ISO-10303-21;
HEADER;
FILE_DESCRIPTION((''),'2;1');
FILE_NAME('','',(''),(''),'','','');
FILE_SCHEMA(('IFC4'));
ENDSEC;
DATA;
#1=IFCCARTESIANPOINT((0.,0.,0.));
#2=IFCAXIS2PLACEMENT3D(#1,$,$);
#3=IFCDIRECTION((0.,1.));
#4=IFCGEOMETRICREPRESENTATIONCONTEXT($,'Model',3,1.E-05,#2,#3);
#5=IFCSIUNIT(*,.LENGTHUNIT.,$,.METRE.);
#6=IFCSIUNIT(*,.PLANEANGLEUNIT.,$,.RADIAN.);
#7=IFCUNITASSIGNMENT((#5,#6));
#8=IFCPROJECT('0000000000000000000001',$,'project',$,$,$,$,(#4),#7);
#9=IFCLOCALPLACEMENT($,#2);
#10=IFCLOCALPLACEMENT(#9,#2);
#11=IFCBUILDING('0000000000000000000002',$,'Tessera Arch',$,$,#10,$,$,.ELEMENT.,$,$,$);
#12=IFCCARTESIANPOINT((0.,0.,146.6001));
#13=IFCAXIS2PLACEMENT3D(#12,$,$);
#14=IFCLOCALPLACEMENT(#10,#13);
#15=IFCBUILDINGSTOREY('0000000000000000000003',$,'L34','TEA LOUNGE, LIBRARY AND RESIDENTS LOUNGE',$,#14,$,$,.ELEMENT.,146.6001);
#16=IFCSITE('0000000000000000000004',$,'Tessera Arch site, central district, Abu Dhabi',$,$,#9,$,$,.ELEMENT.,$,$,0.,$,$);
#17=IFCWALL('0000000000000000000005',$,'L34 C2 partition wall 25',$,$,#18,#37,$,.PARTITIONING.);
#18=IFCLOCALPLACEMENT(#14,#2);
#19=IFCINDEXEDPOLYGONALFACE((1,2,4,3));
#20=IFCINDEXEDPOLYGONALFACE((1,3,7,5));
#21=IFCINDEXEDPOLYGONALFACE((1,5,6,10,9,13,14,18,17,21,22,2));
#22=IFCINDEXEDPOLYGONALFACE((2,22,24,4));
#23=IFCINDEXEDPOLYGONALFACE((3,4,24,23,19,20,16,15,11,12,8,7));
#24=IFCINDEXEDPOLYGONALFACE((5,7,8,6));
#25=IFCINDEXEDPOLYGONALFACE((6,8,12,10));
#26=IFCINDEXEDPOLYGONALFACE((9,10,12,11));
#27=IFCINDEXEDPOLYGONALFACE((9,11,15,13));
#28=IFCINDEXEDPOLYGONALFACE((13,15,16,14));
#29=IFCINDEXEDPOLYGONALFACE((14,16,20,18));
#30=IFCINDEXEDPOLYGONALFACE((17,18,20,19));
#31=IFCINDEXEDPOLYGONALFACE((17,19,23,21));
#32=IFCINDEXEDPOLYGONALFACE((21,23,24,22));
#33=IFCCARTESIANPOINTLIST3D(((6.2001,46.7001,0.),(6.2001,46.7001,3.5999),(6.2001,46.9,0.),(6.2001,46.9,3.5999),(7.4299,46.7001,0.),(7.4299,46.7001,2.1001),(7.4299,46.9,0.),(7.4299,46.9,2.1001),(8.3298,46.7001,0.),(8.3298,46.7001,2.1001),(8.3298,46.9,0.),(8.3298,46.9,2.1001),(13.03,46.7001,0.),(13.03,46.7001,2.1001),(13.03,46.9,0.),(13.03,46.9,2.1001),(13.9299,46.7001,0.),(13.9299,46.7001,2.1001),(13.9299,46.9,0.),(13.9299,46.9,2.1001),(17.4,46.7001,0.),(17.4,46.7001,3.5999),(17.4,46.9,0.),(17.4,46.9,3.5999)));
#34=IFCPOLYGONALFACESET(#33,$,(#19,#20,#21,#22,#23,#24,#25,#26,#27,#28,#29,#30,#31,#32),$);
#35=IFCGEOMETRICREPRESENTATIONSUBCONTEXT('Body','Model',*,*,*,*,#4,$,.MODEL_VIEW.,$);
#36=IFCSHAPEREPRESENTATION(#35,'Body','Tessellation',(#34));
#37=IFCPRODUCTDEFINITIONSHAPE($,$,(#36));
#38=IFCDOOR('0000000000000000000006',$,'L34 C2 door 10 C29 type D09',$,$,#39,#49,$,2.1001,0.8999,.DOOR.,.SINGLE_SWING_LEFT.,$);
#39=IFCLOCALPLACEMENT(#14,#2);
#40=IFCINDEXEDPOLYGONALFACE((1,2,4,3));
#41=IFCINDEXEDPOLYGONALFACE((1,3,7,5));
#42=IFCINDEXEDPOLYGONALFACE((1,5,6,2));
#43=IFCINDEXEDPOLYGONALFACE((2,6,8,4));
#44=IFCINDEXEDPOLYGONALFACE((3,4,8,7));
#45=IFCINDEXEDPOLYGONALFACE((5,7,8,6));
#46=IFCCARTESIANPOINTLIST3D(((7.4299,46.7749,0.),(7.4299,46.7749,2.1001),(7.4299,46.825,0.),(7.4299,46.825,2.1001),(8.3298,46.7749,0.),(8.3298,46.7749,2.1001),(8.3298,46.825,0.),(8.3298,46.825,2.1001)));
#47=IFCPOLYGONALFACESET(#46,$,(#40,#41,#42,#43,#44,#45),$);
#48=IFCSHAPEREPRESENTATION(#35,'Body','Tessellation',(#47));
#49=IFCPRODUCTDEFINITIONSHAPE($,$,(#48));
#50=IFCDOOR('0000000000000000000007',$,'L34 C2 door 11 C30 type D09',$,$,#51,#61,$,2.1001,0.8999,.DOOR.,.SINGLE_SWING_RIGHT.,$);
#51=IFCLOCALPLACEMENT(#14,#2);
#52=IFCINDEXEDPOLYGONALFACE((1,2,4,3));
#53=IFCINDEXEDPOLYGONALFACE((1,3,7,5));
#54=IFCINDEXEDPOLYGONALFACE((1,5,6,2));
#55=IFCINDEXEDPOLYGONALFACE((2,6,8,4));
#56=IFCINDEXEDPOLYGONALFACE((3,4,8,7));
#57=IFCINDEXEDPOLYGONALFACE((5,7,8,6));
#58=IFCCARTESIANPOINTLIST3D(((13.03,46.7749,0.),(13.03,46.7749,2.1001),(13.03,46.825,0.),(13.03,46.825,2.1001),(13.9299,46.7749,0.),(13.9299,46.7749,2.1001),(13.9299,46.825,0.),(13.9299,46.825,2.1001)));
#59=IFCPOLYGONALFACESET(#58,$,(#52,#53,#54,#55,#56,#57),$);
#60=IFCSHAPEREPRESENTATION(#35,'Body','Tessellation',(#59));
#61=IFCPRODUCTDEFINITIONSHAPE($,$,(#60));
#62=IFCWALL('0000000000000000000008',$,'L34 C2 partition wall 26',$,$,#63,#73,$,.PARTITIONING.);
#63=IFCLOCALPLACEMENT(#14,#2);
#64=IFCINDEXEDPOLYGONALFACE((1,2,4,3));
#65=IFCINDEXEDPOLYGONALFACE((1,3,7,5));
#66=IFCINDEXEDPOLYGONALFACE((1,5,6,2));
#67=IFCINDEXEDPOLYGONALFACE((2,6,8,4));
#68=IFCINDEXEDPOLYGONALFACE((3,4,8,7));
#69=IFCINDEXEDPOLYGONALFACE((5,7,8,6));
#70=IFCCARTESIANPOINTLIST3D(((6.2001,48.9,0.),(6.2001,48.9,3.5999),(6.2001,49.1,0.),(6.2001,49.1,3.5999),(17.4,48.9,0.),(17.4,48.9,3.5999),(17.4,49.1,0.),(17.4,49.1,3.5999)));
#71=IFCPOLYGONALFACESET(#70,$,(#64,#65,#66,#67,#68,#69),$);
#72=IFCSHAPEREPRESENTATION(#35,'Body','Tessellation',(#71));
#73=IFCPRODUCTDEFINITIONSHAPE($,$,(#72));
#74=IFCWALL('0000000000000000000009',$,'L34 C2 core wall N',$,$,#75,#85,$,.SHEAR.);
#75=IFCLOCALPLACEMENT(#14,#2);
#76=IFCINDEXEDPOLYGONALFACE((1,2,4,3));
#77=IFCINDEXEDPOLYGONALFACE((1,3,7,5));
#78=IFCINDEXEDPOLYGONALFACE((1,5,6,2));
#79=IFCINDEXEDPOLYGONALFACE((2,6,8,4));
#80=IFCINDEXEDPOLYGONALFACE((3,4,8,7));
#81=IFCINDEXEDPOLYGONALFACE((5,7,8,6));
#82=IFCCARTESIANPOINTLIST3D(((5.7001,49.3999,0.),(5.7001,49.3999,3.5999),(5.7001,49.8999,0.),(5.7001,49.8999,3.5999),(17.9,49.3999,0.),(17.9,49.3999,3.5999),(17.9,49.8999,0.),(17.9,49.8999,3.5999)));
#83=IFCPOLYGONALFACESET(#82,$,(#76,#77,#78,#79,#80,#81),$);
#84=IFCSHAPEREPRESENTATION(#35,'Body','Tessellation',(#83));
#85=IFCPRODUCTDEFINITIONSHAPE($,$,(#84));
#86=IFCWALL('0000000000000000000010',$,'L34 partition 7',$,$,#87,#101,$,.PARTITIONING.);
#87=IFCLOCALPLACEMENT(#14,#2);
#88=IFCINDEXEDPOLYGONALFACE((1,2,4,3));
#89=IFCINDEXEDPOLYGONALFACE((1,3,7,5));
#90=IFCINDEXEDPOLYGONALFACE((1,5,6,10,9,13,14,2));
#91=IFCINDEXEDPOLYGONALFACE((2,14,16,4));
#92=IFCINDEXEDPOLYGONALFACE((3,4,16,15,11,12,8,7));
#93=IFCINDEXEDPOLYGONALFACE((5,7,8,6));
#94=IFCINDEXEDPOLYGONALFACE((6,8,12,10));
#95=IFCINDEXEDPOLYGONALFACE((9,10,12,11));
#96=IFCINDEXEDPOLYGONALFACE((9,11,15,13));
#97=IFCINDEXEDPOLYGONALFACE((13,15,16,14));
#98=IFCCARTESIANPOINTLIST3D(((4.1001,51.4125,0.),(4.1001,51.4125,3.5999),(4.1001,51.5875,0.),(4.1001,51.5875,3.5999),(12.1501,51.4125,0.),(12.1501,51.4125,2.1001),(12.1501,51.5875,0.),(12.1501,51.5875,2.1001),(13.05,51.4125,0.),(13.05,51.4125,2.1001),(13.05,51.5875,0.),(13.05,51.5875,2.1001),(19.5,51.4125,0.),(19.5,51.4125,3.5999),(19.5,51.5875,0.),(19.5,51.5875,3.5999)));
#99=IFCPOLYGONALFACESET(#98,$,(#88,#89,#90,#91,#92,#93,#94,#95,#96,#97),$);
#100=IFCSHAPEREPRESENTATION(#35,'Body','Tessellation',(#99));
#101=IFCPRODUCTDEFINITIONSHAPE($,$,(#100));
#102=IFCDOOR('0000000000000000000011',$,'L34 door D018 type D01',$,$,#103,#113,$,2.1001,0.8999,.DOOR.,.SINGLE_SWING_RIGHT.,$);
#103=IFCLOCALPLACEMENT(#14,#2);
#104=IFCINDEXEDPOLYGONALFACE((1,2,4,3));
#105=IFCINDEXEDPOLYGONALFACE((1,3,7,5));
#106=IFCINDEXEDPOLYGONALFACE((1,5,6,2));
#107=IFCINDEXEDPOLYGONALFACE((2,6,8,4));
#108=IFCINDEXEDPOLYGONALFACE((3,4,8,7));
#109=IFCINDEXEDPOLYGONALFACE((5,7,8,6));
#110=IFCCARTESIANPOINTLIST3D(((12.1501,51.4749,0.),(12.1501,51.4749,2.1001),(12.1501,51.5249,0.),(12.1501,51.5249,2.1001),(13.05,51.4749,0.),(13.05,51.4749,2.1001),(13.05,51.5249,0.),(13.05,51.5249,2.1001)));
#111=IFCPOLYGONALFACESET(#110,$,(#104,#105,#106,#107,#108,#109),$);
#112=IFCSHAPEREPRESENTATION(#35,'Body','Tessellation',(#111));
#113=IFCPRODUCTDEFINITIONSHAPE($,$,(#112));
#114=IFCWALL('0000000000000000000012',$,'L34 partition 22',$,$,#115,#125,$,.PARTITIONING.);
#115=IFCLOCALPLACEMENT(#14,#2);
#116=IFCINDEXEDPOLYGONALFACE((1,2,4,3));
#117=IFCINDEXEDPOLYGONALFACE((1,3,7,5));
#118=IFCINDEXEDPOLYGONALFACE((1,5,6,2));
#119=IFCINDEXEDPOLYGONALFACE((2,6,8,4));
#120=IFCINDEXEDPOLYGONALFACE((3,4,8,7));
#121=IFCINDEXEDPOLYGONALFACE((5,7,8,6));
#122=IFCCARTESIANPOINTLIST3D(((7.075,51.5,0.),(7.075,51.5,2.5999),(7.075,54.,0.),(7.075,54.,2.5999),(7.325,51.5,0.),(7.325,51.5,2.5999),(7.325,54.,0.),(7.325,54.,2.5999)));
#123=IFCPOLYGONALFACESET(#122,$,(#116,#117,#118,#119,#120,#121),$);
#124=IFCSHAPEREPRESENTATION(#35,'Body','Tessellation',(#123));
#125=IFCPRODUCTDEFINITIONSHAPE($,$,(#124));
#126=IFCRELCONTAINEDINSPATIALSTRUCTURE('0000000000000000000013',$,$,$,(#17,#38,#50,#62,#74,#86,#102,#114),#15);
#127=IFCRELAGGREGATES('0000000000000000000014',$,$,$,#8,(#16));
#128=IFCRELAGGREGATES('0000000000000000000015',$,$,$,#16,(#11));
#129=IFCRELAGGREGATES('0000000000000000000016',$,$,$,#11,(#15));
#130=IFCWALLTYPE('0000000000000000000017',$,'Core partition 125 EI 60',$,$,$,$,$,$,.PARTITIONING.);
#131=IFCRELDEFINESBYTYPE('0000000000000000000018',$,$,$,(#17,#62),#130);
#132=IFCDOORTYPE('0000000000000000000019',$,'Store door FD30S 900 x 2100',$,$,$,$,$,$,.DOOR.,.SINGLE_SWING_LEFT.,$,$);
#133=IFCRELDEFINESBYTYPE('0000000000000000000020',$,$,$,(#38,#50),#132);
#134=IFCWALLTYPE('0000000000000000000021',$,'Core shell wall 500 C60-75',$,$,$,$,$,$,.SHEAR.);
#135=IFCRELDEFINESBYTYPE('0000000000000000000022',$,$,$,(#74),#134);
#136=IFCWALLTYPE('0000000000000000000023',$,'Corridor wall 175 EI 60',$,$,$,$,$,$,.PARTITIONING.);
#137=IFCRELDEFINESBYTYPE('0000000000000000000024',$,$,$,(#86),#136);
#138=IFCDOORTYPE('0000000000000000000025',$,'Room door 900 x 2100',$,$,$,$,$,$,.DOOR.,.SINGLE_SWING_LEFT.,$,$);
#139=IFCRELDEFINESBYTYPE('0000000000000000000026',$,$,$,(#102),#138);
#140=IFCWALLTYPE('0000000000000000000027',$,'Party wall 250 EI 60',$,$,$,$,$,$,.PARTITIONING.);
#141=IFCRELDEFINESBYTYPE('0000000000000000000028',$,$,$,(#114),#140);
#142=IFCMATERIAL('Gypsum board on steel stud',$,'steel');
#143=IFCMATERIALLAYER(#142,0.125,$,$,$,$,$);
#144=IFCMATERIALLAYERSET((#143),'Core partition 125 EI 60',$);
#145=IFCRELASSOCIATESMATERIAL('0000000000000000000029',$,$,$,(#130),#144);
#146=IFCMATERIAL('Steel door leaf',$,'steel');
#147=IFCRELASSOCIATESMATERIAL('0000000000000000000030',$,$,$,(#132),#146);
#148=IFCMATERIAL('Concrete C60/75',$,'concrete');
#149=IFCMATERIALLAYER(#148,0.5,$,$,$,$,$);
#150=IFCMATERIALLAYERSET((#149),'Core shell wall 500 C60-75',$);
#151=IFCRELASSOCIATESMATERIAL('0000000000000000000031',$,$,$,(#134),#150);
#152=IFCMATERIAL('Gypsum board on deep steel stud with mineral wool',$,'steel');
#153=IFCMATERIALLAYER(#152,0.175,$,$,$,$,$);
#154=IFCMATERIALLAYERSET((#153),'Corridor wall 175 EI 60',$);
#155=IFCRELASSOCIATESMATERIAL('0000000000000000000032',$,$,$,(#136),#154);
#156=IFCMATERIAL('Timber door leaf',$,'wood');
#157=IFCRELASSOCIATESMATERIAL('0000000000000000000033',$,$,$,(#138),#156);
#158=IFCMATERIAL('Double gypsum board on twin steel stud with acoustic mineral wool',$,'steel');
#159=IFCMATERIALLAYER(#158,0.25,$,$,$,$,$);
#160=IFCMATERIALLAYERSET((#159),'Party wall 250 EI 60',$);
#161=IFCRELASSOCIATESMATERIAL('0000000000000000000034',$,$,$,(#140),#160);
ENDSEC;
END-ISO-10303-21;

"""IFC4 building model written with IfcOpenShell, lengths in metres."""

from ifc_helpers import new_model, si_unit, direction, frame, frame_2d, origin, place, context, subcontext, project, spatial, rectangle, extrude, material, layer, layer_set, type_object, element, fill, save


model = new_model("IFC4")

# Units and contexts
model_context = context("Model", 3, precision=1e-05, world=origin(), true_north=direction((0.0, 1.0)))
body_context = subcontext(model_context, "Body", "Model", "MODEL_VIEW")
ifc_project = project(units=[si_unit("LENGTHUNIT", "METRE"), si_unit("PLANEANGLEUNIT", "RADIAN")], contexts=[model_context])

# Site, building, storey
site_placement = place(None, origin())
site = spatial("IfcSite", under=ifc_project, at=site_placement, Name="Tessera Arch site, central district, Abu Dhabi", CompositionType="ELEMENT", RefElevation=0.0)
building_placement = place(site_placement, origin())
building = spatial("IfcBuilding", under=site, at=building_placement, Name="Tessera Arch", CompositionType="ELEMENT")
storey_placement = place(building_placement, frame((0.0, 0.0, 146.6001)))
storey = spatial("IfcBuildingStorey", under=building, at=storey_placement, Name="L34", Description="TEA LOUNGE, LIBRARY AND RESIDENTS LOUNGE", CompositionType="ELEMENT", Elevation=146.6001)

# Wall, openings, doors
ifc_material_1 = material(Name="Gypsum board on steel stud", Category="steel")
ifc_layer_1 = layer(ifc_material_1, 0.125)
ifc_layer_set_1 = layer_set([ifc_layer_1], Name="Core partition 125 EI 60")
wall_type_1 = type_object("IfcWallType", Name="Core partition 125 EI 60", PredefinedType="PARTITIONING", material=ifc_layer_set_1)
wall_1_placement = place(storey_placement, frame((6.2, 46.8, 0.0), z_axis=(0.0, 0.0, 1.0), x_axis=(1.0, 0.0, 0.0)))
wall_1 = element("IfcWall", 1, at=wall_1_placement, inside=storey, type_object=wall_type_1, Name="L34 C2 partition wall 25", PredefinedType="PARTITIONING", context=body_context, shape_type="SweptSolid", body=[
    extrude(rectangle(XDim=11.2, YDim=0.2, at=frame_2d((5.6001, 0.0))), origin(), (0.0, 0.0, 1.0), 3.5999),
])
opening_1_placement = place(wall_1_placement, frame((1.23, 0.0, 0.0)))
opening_1 = element("IfcOpeningElement", 2, at=opening_1_placement, cuts=wall_1, PredefinedType="OPENING", context=body_context, shape_type="SweptSolid", body=[
    extrude(rectangle(XDim=0.8999, YDim=2.1001, at=frame_2d((0.45, 1.05))), frame((0.0, 0.1099, 0.0), z_axis=(0.0, -1.0, 0.0), x_axis=(1.0, 0.0, 0.0)), (0.0, 0.0, 1.0), 0.22),
])
opening_2_placement = place(wall_1_placement, frame((6.8301, 0.0, 0.0)))
opening_2 = element("IfcOpeningElement", 3, at=opening_2_placement, cuts=wall_1, PredefinedType="OPENING", context=body_context, shape_type="SweptSolid", body=[
    extrude(rectangle(XDim=0.8999, YDim=2.1001, at=frame_2d((0.45, 1.05))), frame((0.0, 0.1099, 0.0), z_axis=(0.0, -1.0, 0.0), x_axis=(1.0, 0.0, 0.0)), (0.0, 0.0, 1.0), 0.22),
])
ifc_material_2 = material(Name="Steel door leaf", Category="steel")
door_type_1 = type_object("IfcDoorType", Name="Store door FD30S 900 x 2100", OperationType="SINGLE_SWING_LEFT", PredefinedType="DOOR", material=ifc_material_2)
door_1_placement = place(opening_1_placement, origin())
door_1 = element("IfcDoor", 4, at=door_1_placement, inside=storey, type_object=door_type_1, Name="L34 C2 door 10 C29 type D09", OperationType="SINGLE_SWING_LEFT", OverallHeight=2.1001, OverallWidth=0.8999, PredefinedType="DOOR", context=body_context, shape_type="SweptSolid", body=[
    extrude(rectangle(XDim=0.8999, YDim=2.1001, at=frame_2d((0.45, 1.05))), frame((0.0, 0.0249, 0.0), z_axis=(0.0, -1.0, 0.0), x_axis=(1.0, 0.0, 0.0)), (0.0, 0.0, 1.0), 0.05),
])
fill(opening_1, door_1)
door_2_placement = place(opening_2_placement, origin())
door_2 = element("IfcDoor", 5, at=door_2_placement, inside=storey, type_object=door_type_1, Name="L34 C2 door 11 C30 type D09", OperationType="SINGLE_SWING_RIGHT", OverallHeight=2.1001, OverallWidth=0.8999, PredefinedType="DOOR", context=body_context, shape_type="SweptSolid", body=[
    extrude(rectangle(XDim=0.8999, YDim=2.1001, at=frame_2d((0.45, 1.05))), frame((0.0, 0.0249, 0.0), z_axis=(0.0, -1.0, 0.0), x_axis=(1.0, 0.0, 0.0)), (0.0, 0.0, 1.0), 0.05),
])
fill(opening_2, door_2)

# Walls
wall_2_placement = place(storey_placement, frame((6.2, 49.0, 0.0), z_axis=(0.0, 0.0, 1.0), x_axis=(1.0, 0.0, 0.0)))
element("IfcWall", 6, at=wall_2_placement, inside=storey, type_object=wall_type_1, Name="L34 C2 partition wall 26", PredefinedType="PARTITIONING", context=body_context, shape_type="SweptSolid", body=[
    extrude(rectangle(XDim=11.2, YDim=0.2, at=frame_2d((5.6001, 0.0))), origin(), (0.0, 0.0, 1.0), 3.5999),
])
ifc_material_3 = material(Name="Concrete C60/75", Category="concrete")
ifc_layer_2 = layer(ifc_material_3, 0.5)
ifc_layer_set_2 = layer_set([ifc_layer_2], Name="Core shell wall 500 C60-75")
wall_type_2 = type_object("IfcWallType", Name="Core shell wall 500 C60-75", PredefinedType="SHEAR", material=ifc_layer_set_2)
wall_3_placement = place(storey_placement, frame((5.7, 49.6499, 0.0), z_axis=(0.0, 0.0, 1.0), x_axis=(1.0, 0.0, 0.0)))
element("IfcWall", 7, at=wall_3_placement, inside=storey, type_object=wall_type_2, Name="L34 C2 core wall N", PredefinedType="SHEAR", context=body_context, shape_type="SweptSolid", body=[
    extrude(rectangle(XDim=12.2, YDim=0.5, at=frame_2d((6.1001, 0.0))), origin(), (0.0, 0.0, 1.0), 3.5999),
])

# Wall, opening, door
ifc_material_4 = material(Name="Gypsum board on deep steel stud with mineral wool", Category="steel")
ifc_layer_3 = layer(ifc_material_4, 0.175)
ifc_layer_set_3 = layer_set([ifc_layer_3], Name="Corridor wall 175 EI 60")
wall_type_3 = type_object("IfcWallType", Name="Corridor wall 175 EI 60", PredefinedType="PARTITIONING", material=ifc_layer_set_3)
wall_4_placement = place(storey_placement, frame((4.1001, 51.5, 0.0), z_axis=(0.0, 0.0, 1.0), x_axis=(1.0, 0.0, 0.0)))
wall_4 = element("IfcWall", 8, at=wall_4_placement, inside=storey, type_object=wall_type_3, Name="L34 partition 7", PredefinedType="PARTITIONING", context=body_context, shape_type="SweptSolid", body=[
    extrude(rectangle(XDim=15.3999, YDim=0.175, at=frame_2d((7.7, 0.0))), origin(), (0.0, 0.0, 1.0), 3.5999),
])
opening_3_placement = place(wall_4_placement, frame((8.05, 0.0, 0.0)))
opening_3 = element("IfcOpeningElement", 9, at=opening_3_placement, cuts=wall_4, PredefinedType="OPENING", context=body_context, shape_type="SweptSolid", body=[
    extrude(rectangle(XDim=0.8999, YDim=2.1001, at=frame_2d((0.45, 1.05))), frame((0.0, 0.0974, 0.0), z_axis=(0.0, -1.0, 0.0), x_axis=(1.0, 0.0, 0.0)), (0.0, 0.0, 1.0), 0.1951),
])
ifc_material_5 = material(Name="Timber door leaf", Category="wood")
door_type_2 = type_object("IfcDoorType", Name="Room door 900 x 2100", OperationType="SINGLE_SWING_LEFT", PredefinedType="DOOR", material=ifc_material_5)
door_3_placement = place(opening_3_placement, origin())
door_3 = element("IfcDoor", 10, at=door_3_placement, inside=storey, type_object=door_type_2, Name="L34 door D018 type D01", OperationType="SINGLE_SWING_RIGHT", OverallHeight=2.1001, OverallWidth=0.8999, PredefinedType="DOOR", context=body_context, shape_type="SweptSolid", body=[
    extrude(rectangle(XDim=0.8999, YDim=2.1001, at=frame_2d((0.45, 1.05))), frame((0.0, 0.0249, 0.0), z_axis=(0.0, -1.0, 0.0), x_axis=(1.0, 0.0, 0.0)), (0.0, 0.0, 1.0), 0.05),
])
fill(opening_3, door_3)

# Wall
ifc_material_6 = material(Name="Double gypsum board on twin steel stud with acoustic mineral wool", Category="steel")
ifc_layer_4 = layer(ifc_material_6, 0.25)
ifc_layer_set_4 = layer_set([ifc_layer_4], Name="Party wall 250 EI 60")
wall_type_4 = type_object("IfcWallType", Name="Party wall 250 EI 60", PredefinedType="PARTITIONING", material=ifc_layer_set_4)
wall_5_placement = place(storey_placement, frame((7.2, 51.5, 0.0), z_axis=(0.0, 0.0, 1.0), x_axis=(0.0, 1.0, 0.0)))
element("IfcWall", 11, at=wall_5_placement, inside=storey, type_object=wall_type_4, Name="L34 partition 22", PredefinedType="PARTITIONING", context=body_context, shape_type="SweptSolid", body=[
    extrude(rectangle(XDim=2.5, YDim=0.25, at=frame_2d((1.25, 0.0))), origin(), (0.0, 0.0, 1.0), 2.5999),
])

save(model, "model.ifc")
